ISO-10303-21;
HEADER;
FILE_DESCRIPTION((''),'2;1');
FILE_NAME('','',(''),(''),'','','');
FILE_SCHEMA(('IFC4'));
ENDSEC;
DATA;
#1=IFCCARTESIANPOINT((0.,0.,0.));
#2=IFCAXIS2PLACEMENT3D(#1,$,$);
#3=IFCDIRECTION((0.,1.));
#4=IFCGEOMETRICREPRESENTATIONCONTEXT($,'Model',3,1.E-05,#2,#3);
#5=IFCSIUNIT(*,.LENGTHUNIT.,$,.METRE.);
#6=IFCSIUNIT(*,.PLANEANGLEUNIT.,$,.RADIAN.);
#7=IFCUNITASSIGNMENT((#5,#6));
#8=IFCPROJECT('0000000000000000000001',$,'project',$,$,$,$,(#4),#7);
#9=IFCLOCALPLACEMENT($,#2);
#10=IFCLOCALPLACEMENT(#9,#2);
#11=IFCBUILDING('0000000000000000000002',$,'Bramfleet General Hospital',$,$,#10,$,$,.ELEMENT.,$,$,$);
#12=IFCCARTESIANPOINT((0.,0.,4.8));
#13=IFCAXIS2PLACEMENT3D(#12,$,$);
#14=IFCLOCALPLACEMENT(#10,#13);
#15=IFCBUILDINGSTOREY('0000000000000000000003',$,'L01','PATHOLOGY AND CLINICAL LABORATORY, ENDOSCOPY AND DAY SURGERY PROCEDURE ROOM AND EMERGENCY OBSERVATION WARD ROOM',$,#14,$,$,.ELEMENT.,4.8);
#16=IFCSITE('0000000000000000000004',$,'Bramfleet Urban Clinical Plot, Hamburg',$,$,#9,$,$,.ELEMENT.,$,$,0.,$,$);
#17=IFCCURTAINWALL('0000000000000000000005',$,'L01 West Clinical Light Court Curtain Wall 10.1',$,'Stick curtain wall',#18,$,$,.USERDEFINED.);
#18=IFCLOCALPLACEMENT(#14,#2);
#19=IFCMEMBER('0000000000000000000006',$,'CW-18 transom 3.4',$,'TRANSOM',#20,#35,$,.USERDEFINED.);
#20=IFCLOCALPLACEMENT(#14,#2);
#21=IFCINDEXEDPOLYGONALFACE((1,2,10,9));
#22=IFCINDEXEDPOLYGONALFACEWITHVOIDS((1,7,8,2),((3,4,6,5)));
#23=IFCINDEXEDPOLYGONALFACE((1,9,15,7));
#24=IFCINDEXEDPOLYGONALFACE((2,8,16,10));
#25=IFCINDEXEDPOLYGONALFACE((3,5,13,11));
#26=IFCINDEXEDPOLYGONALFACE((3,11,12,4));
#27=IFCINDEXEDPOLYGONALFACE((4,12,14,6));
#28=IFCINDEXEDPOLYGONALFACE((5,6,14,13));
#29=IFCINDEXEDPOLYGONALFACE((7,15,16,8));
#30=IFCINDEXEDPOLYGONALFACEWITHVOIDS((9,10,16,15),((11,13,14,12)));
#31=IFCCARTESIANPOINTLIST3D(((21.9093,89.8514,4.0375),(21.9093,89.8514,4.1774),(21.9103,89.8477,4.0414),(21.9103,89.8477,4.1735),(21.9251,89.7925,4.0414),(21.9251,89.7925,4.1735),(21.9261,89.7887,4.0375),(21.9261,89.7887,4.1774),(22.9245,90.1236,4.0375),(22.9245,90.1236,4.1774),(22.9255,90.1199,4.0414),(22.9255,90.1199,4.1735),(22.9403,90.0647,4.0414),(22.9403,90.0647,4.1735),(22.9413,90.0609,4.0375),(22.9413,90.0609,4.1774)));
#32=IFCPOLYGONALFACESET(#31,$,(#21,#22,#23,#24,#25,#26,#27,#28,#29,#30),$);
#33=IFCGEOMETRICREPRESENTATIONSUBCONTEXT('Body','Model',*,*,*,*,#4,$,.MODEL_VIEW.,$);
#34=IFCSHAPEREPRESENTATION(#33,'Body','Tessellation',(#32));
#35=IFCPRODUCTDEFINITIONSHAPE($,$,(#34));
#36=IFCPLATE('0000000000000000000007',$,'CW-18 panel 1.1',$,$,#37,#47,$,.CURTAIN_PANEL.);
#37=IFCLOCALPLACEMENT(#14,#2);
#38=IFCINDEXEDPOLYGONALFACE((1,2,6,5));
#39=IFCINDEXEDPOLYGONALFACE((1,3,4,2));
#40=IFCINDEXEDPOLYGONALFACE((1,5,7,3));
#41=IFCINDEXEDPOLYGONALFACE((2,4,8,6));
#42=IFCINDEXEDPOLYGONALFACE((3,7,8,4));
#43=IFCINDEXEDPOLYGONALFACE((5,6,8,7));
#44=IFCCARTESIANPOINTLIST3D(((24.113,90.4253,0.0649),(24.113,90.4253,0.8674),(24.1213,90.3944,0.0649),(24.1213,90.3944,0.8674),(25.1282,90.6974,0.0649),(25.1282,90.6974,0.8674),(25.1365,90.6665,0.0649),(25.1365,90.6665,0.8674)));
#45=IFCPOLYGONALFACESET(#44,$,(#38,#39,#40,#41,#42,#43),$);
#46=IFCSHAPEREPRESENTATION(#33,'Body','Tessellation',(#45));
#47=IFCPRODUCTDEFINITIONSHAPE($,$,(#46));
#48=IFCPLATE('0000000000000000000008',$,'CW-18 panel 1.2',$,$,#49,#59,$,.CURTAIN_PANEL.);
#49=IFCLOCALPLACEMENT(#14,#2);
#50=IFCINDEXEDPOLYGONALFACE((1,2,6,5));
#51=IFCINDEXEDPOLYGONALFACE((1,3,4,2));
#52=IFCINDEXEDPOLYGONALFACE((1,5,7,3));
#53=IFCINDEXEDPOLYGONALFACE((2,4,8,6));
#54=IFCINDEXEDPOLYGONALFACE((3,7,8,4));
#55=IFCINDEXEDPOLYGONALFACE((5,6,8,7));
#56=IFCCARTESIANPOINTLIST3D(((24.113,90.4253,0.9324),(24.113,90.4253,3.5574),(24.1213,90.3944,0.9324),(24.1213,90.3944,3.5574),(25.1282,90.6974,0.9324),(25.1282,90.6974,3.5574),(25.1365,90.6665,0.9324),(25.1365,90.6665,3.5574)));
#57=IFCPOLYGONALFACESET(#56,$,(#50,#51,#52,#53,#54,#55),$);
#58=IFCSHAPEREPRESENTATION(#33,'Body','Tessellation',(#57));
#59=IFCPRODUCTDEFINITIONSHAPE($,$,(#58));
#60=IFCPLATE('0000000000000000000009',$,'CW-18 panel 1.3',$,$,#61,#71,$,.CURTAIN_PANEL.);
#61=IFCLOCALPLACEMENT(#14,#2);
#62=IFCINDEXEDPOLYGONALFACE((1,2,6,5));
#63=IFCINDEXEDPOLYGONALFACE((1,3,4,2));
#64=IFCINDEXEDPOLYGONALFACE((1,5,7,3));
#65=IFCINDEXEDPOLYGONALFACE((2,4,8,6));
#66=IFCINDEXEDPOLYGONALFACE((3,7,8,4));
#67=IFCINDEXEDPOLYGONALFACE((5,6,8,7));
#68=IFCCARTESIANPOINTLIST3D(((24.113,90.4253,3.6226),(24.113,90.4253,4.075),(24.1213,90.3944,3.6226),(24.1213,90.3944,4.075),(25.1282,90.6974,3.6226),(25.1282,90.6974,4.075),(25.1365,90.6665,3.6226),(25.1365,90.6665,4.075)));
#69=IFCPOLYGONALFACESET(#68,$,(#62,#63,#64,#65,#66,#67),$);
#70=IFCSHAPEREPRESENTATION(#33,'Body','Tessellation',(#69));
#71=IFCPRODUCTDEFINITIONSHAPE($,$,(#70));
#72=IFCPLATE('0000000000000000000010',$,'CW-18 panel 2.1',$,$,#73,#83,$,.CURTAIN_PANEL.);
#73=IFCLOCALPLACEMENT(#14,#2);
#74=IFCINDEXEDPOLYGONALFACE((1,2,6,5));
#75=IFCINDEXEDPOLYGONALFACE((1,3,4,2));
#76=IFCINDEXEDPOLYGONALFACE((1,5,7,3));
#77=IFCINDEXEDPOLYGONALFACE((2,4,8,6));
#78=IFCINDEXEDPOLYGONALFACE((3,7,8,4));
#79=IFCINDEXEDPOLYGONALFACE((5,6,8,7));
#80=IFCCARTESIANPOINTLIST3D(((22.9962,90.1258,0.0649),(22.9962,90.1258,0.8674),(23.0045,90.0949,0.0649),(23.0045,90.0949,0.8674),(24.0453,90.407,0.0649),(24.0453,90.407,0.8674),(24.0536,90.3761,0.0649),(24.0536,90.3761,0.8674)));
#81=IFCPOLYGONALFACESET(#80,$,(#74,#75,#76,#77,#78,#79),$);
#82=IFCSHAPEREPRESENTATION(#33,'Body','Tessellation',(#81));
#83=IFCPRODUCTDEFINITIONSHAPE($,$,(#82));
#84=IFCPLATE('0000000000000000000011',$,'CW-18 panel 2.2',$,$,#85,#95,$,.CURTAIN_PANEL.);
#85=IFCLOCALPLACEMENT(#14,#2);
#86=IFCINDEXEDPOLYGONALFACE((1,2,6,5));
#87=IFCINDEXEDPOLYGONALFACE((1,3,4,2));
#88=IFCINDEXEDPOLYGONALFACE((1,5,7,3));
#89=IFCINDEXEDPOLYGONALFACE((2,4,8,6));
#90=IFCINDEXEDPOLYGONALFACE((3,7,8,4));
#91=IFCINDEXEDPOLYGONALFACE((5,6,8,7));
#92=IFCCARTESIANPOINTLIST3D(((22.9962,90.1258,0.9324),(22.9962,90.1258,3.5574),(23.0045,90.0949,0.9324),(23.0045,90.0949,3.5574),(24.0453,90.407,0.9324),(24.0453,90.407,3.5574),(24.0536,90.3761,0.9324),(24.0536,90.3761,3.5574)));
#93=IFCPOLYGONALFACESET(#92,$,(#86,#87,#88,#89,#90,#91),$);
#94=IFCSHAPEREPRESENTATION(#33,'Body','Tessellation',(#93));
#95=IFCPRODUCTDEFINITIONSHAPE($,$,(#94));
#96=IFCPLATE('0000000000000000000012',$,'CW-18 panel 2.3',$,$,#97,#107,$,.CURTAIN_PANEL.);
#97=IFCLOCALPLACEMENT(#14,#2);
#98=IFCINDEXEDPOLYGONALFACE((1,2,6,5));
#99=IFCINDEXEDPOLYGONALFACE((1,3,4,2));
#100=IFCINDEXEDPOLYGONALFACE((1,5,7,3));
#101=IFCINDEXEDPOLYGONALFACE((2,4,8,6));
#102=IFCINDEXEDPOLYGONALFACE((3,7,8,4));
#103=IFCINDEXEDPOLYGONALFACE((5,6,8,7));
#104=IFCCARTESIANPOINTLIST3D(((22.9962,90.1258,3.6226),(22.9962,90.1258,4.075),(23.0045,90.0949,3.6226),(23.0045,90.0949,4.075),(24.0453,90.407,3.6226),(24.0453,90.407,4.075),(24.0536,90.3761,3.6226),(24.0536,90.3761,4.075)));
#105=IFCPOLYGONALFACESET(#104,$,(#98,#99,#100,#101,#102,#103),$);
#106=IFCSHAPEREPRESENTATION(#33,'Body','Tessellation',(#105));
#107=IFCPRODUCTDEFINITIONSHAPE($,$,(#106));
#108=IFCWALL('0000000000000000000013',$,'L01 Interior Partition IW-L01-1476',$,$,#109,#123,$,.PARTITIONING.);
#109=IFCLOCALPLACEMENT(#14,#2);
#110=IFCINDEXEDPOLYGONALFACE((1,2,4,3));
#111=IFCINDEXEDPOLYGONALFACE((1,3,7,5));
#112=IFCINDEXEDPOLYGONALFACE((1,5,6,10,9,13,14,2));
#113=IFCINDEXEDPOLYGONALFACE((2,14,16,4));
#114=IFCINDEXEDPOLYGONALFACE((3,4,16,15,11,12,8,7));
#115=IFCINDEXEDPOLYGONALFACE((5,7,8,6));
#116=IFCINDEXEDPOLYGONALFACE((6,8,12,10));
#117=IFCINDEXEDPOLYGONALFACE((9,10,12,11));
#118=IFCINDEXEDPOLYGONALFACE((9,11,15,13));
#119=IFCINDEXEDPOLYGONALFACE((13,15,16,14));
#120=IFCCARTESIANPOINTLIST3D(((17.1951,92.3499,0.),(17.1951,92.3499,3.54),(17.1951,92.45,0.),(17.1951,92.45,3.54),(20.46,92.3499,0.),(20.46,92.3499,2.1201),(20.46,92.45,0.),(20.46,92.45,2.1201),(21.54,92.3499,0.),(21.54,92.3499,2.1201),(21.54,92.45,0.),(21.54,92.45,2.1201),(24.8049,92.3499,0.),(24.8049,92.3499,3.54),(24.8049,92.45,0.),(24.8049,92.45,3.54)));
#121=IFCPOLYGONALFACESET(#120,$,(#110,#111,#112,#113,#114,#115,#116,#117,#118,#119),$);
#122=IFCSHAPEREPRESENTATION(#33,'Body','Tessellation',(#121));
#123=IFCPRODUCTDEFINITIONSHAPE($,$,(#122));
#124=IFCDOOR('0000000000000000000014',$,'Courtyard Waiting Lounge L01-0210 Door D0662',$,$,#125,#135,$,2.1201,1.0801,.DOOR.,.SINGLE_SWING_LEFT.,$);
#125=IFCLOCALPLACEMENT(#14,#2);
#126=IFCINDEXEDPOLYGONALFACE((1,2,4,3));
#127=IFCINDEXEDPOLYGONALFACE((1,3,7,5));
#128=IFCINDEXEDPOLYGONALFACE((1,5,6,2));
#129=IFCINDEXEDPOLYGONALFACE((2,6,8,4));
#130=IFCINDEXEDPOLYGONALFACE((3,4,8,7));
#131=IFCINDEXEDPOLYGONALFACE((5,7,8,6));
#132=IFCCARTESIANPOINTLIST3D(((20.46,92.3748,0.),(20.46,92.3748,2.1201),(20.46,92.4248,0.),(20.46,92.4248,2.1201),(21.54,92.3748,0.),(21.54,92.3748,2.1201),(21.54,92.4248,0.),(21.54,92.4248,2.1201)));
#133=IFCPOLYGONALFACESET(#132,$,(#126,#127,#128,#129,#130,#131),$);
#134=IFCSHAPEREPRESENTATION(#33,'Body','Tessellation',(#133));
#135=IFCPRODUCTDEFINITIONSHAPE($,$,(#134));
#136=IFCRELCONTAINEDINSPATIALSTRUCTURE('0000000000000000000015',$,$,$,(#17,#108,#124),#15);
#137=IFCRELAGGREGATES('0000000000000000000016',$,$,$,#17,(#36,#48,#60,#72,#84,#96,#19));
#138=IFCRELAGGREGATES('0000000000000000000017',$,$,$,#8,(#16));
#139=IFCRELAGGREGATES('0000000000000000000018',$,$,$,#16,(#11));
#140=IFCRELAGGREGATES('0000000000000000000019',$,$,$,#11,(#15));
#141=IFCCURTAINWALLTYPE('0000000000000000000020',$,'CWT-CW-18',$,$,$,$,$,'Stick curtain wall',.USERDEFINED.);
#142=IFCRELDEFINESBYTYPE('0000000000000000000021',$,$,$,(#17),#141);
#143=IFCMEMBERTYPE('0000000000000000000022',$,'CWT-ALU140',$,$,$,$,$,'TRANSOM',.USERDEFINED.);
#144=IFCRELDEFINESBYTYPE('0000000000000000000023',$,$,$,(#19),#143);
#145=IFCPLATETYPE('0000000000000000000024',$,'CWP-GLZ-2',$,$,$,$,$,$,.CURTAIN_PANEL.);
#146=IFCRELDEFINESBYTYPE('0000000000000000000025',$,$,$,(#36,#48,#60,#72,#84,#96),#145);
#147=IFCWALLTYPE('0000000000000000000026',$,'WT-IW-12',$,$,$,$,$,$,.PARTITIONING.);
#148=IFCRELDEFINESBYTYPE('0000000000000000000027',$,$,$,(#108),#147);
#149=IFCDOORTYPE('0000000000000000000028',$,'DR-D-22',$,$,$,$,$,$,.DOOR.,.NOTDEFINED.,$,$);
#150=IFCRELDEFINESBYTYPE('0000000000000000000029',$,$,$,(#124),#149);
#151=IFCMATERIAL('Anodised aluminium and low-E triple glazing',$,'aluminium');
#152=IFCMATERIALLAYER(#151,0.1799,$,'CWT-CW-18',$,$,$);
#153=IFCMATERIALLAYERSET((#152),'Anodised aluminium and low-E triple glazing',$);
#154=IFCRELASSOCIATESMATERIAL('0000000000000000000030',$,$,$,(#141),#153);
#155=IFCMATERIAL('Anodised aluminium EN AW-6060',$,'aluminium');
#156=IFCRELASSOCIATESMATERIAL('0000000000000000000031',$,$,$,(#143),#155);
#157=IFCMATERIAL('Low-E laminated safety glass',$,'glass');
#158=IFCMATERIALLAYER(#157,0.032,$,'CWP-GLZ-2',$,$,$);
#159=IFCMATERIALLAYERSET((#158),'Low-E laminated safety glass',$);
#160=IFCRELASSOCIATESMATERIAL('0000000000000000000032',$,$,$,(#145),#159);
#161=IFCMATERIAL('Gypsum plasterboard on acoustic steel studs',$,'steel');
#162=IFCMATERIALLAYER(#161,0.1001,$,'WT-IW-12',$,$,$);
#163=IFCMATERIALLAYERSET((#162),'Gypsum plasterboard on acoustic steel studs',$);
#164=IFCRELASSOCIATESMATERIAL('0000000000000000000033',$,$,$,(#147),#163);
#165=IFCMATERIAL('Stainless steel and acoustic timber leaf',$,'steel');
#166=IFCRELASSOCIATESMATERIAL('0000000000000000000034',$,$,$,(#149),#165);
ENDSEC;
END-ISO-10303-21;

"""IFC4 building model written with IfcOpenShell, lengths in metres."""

from ifc_helpers import new_model, si_unit, direction, frame, frame_2d, origin, origin_2d, place, context, subcontext, project, spatial, rectangle, hollow_rectangle, extrude, material, layer, layer_set, material_profile, profile_set, type_object, element, fill, aggregate, save


model = new_model("IFC4")

# Units and contexts
model_context = context("Model", 3, precision=1e-05, world=origin(), true_north=direction((0.0, 1.0)))
body_context = subcontext(model_context, "Body", "Model", "MODEL_VIEW")
ifc_project = project(units=[si_unit("LENGTHUNIT", "METRE"), si_unit("PLANEANGLEUNIT", "RADIAN")], contexts=[model_context])

# Site, building, storey
site_placement = place(None, origin())
site = spatial("IfcSite", under=ifc_project, at=site_placement, Name="Bramfleet Urban Clinical Plot, Hamburg", CompositionType="ELEMENT", RefElevation=0.0)
building_placement = place(site_placement, origin())
building = spatial("IfcBuilding", under=site, at=building_placement, Name="Bramfleet General Hospital", CompositionType="ELEMENT")
storey_placement = place(building_placement, frame((0.0, 0.0, 4.8)))
storey = spatial("IfcBuildingStorey", under=building, at=storey_placement, Name="L01", Description="PATHOLOGY AND CLINICAL LABORATORY, ENDOSCOPY AND DAY SURGERY PROCEDURE ROOM AND EMERGENCY OBSERVATION WARD ROOM", CompositionType="ELEMENT", Elevation=4.8)

# Curtain wall, member, plates
ifc_material_1 = material(Name="Anodised aluminium and low-E triple glazing", Category="aluminium")
ifc_layer_1 = layer(ifc_material_1, 0.1799, Name="CWT-CW-18")
ifc_layer_set_1 = layer_set([ifc_layer_1], Name="Anodised aluminium and low-E triple glazing")
curtain_wall_type = type_object("IfcCurtainWallType", Name="CWT-CW-18", ElementType="Stick curtain wall", PredefinedType="USERDEFINED", material=ifc_layer_set_1)
curtain_wall_placement = place(storey_placement, origin())
curtain_wall = element("IfcCurtainWall", 1, at=curtain_wall_placement, inside=storey, type_object=curtain_wall_type, Name="L01 West Clinical Light Court Curtain Wall 10.1", ObjectType="Stick curtain wall", PredefinedType="USERDEFINED")
ifc_material_2 = material(Name="Anodised aluminium EN AW-6060", Category="aluminium")
ifc_material_profile_1 = material_profile(ifc_material_2, hollow_rectangle(XDim=0.0649, YDim=0.1399, WallThickness=0.0039, at=origin_2d()), Name="ALU 140x65x4.0")
ifc_profile_set_1 = profile_set([ifc_material_profile_1], Name="Anodised aluminium EN AW-6060")
member_type_1 = type_object("IfcMemberType", Name="CWT-ALU140", ElementType="TRANSOM", PredefinedType="USERDEFINED", material=ifc_profile_set_1)
member_1_placement = place(storey_placement, frame((22.9329, 90.0923, 4.1074), z_axis=(-0.965875, -0.259007, 0.0), x_axis=(0.259007, -0.965875, 0.0)))
member_1 = element("IfcMember", 2, at=member_1_placement, type_object=member_type_1, Name="CW-18 transom 3.4", ObjectType="TRANSOM", PredefinedType="USERDEFINED", context=body_context, shape_type="SweptSolid", body=[
    extrude(hollow_rectangle(XDim=0.0649, YDim=0.1399, WallThickness=0.0039, at=origin_2d()), origin(), (0.0, 0.0, 1.0), 1.051),
])
ifc_material_3 = material(Name="Low-E laminated safety glass", Category="glass")
ifc_layer_2 = layer(ifc_material_3, 0.032, Name="CWP-GLZ-2")
ifc_layer_set_2 = layer_set([ifc_layer_2], Name="Low-E laminated safety glass")
plate_type = type_object("IfcPlateType", Name="CWP-GLZ-2", PredefinedType="CURTAIN_PANEL", material=ifc_layer_set_2)
plate_1_placement = place(storey_placement, frame((24.6248, 90.5459, 0.0649), z_axis=(0.0, 0.0, 1.0), x_axis=(-0.965899, -0.258919, 0.0)))
plate_1 = element("IfcPlate", 3, at=plate_1_placement, type_object=plate_type, Name="CW-18 panel 1.1", PredefinedType="CURTAIN_PANEL", context=body_context, shape_type="SweptSolid", body=[
    extrude(rectangle(XDim=1.051, YDim=0.032, at=origin_2d()), origin(), (0.0, 0.0, 1.0), 0.8025),
])
plate_2_placement = place(storey_placement, frame((24.6248, 90.5459, 0.9324), z_axis=(0.0, 0.0, 1.0), x_axis=(-0.965899, -0.258919, 0.0)))
plate_2 = element("IfcPlate", 4, at=plate_2_placement, type_object=plate_type, Name="CW-18 panel 1.2", PredefinedType="CURTAIN_PANEL", context=body_context, shape_type="SweptSolid", body=[
    extrude(rectangle(XDim=1.051, YDim=0.032, at=origin_2d()), origin(), (0.0, 0.0, 1.0), 2.625),
])
plate_3_placement = place(storey_placement, frame((24.6248, 90.5459, 3.6226), z_axis=(0.0, 0.0, 1.0), x_axis=(-0.965899, -0.258919, 0.0)))
plate_3 = element("IfcPlate", 5, at=plate_3_placement, type_object=plate_type, Name="CW-18 panel 1.3", PredefinedType="CURTAIN_PANEL", context=body_context, shape_type="SweptSolid", body=[
    extrude(rectangle(XDim=1.051, YDim=0.032, at=origin_2d()), origin(), (0.0, 0.0, 1.0), 0.4524),
])
plate_4_placement = place(storey_placement, frame((23.5249, 90.251, 0.0649), z_axis=(0.0, 0.0, 1.0), x_axis=(-0.965899, -0.258919, 0.0)))
plate_4 = element("IfcPlate", 6, at=plate_4_placement, type_object=plate_type, Name="CW-18 panel 2.1", PredefinedType="CURTAIN_PANEL", context=body_context, shape_type="SweptSolid", body=[
    extrude(rectangle(XDim=1.0862, YDim=0.032, at=origin_2d()), origin(), (0.0, 0.0, 1.0), 0.8025),
])
plate_5_placement = place(storey_placement, frame((23.5249, 90.251, 0.9324), z_axis=(0.0, 0.0, 1.0), x_axis=(-0.965899, -0.258919, 0.0)))
plate_5 = element("IfcPlate", 7, at=plate_5_placement, type_object=plate_type, Name="CW-18 panel 2.2", PredefinedType="CURTAIN_PANEL", context=body_context, shape_type="SweptSolid", body=[
    extrude(rectangle(XDim=1.0862, YDim=0.032, at=origin_2d()), origin(), (0.0, 0.0, 1.0), 2.625),
])
plate_6_placement = place(storey_placement, frame((23.5249, 90.251, 3.6226), z_axis=(0.0, 0.0, 1.0), x_axis=(-0.965899, -0.258919, 0.0)))
plate_6 = element("IfcPlate", 8, at=plate_6_placement, type_object=plate_type, Name="CW-18 panel 2.3", PredefinedType="CURTAIN_PANEL", context=body_context, shape_type="SweptSolid", body=[
    extrude(rectangle(XDim=1.0862, YDim=0.032, at=origin_2d()), origin(), (0.0, 0.0, 1.0), 0.4524),
])
aggregate(curtain_wall, [plate_1, plate_2, plate_3, plate_4, plate_5, plate_6, member_1])

# Wall, opening, door
ifc_material_4 = material(Name="Gypsum plasterboard on acoustic steel studs", Category="steel")
ifc_layer_3 = layer(ifc_material_4, 0.1001, Name="WT-IW-12")
ifc_layer_set_3 = layer_set([ifc_layer_3], Name="Gypsum plasterboard on acoustic steel studs")
wall_type = type_object("IfcWallType", Name="WT-IW-12", PredefinedType="PARTITIONING", material=ifc_layer_set_3)
wall_placement = place(storey_placement, frame((17.1951, 92.3999, 0.0), z_axis=(0.0, 0.0, 1.0), x_axis=(1.0, 0.0, 0.0)))
wall = element("IfcWall", 9, at=wall_placement, inside=storey, type_object=wall_type, Name="L01 Interior Partition IW-L01-1476", PredefinedType="PARTITIONING", context=body_context, shape_type="SweptSolid", body=[
    extrude(rectangle(XDim=7.6099, YDim=0.1001, at=frame_2d((3.8049, 0.0))), origin(), (0.0, 0.0, 1.0), 3.54),
])
opening_placement = place(wall_placement, frame((3.2649, 0.0, 0.0)))
opening = element("IfcOpeningElement", 10, at=opening_placement, cuts=wall, PredefinedType="OPENING", context=body_context, shape_type="SweptSolid", body=[
    extrude(rectangle(XDim=1.0801, YDim=2.1201, at=frame_2d((0.54, 1.0601))), frame((0.0, 0.0601, 0.0), z_axis=(0.0, -1.0, 0.0), x_axis=(1.0, 0.0, 0.0)), (0.0, 0.0, 1.0), 0.1201),
])
ifc_material_5 = material(Name="Stainless steel and acoustic timber leaf", Category="steel")
door_type = type_object("IfcDoorType", Name="DR-D-22", OperationType="NOTDEFINED", PredefinedType="DOOR", material=ifc_material_5)
door_placement = place(opening_placement, origin())
door = element("IfcDoor", 11, at=door_placement, inside=storey, type_object=door_type, Name="Courtyard Waiting Lounge L01-0210 Door D0662", OperationType="SINGLE_SWING_LEFT", OverallHeight=2.1201, OverallWidth=1.0801, PredefinedType="DOOR", context=body_context, shape_type="SweptSolid", body=[
    extrude(rectangle(XDim=1.0801, YDim=2.1201, at=frame_2d((0.54, 1.0601))), frame((0.0, 0.0249, 0.0), z_axis=(0.0, -1.0, 0.0), x_axis=(1.0, 0.0, 0.0)), (0.0, 0.0, 1.0), 0.05),
])
fill(opening, door)

save(model, "model.ifc")
